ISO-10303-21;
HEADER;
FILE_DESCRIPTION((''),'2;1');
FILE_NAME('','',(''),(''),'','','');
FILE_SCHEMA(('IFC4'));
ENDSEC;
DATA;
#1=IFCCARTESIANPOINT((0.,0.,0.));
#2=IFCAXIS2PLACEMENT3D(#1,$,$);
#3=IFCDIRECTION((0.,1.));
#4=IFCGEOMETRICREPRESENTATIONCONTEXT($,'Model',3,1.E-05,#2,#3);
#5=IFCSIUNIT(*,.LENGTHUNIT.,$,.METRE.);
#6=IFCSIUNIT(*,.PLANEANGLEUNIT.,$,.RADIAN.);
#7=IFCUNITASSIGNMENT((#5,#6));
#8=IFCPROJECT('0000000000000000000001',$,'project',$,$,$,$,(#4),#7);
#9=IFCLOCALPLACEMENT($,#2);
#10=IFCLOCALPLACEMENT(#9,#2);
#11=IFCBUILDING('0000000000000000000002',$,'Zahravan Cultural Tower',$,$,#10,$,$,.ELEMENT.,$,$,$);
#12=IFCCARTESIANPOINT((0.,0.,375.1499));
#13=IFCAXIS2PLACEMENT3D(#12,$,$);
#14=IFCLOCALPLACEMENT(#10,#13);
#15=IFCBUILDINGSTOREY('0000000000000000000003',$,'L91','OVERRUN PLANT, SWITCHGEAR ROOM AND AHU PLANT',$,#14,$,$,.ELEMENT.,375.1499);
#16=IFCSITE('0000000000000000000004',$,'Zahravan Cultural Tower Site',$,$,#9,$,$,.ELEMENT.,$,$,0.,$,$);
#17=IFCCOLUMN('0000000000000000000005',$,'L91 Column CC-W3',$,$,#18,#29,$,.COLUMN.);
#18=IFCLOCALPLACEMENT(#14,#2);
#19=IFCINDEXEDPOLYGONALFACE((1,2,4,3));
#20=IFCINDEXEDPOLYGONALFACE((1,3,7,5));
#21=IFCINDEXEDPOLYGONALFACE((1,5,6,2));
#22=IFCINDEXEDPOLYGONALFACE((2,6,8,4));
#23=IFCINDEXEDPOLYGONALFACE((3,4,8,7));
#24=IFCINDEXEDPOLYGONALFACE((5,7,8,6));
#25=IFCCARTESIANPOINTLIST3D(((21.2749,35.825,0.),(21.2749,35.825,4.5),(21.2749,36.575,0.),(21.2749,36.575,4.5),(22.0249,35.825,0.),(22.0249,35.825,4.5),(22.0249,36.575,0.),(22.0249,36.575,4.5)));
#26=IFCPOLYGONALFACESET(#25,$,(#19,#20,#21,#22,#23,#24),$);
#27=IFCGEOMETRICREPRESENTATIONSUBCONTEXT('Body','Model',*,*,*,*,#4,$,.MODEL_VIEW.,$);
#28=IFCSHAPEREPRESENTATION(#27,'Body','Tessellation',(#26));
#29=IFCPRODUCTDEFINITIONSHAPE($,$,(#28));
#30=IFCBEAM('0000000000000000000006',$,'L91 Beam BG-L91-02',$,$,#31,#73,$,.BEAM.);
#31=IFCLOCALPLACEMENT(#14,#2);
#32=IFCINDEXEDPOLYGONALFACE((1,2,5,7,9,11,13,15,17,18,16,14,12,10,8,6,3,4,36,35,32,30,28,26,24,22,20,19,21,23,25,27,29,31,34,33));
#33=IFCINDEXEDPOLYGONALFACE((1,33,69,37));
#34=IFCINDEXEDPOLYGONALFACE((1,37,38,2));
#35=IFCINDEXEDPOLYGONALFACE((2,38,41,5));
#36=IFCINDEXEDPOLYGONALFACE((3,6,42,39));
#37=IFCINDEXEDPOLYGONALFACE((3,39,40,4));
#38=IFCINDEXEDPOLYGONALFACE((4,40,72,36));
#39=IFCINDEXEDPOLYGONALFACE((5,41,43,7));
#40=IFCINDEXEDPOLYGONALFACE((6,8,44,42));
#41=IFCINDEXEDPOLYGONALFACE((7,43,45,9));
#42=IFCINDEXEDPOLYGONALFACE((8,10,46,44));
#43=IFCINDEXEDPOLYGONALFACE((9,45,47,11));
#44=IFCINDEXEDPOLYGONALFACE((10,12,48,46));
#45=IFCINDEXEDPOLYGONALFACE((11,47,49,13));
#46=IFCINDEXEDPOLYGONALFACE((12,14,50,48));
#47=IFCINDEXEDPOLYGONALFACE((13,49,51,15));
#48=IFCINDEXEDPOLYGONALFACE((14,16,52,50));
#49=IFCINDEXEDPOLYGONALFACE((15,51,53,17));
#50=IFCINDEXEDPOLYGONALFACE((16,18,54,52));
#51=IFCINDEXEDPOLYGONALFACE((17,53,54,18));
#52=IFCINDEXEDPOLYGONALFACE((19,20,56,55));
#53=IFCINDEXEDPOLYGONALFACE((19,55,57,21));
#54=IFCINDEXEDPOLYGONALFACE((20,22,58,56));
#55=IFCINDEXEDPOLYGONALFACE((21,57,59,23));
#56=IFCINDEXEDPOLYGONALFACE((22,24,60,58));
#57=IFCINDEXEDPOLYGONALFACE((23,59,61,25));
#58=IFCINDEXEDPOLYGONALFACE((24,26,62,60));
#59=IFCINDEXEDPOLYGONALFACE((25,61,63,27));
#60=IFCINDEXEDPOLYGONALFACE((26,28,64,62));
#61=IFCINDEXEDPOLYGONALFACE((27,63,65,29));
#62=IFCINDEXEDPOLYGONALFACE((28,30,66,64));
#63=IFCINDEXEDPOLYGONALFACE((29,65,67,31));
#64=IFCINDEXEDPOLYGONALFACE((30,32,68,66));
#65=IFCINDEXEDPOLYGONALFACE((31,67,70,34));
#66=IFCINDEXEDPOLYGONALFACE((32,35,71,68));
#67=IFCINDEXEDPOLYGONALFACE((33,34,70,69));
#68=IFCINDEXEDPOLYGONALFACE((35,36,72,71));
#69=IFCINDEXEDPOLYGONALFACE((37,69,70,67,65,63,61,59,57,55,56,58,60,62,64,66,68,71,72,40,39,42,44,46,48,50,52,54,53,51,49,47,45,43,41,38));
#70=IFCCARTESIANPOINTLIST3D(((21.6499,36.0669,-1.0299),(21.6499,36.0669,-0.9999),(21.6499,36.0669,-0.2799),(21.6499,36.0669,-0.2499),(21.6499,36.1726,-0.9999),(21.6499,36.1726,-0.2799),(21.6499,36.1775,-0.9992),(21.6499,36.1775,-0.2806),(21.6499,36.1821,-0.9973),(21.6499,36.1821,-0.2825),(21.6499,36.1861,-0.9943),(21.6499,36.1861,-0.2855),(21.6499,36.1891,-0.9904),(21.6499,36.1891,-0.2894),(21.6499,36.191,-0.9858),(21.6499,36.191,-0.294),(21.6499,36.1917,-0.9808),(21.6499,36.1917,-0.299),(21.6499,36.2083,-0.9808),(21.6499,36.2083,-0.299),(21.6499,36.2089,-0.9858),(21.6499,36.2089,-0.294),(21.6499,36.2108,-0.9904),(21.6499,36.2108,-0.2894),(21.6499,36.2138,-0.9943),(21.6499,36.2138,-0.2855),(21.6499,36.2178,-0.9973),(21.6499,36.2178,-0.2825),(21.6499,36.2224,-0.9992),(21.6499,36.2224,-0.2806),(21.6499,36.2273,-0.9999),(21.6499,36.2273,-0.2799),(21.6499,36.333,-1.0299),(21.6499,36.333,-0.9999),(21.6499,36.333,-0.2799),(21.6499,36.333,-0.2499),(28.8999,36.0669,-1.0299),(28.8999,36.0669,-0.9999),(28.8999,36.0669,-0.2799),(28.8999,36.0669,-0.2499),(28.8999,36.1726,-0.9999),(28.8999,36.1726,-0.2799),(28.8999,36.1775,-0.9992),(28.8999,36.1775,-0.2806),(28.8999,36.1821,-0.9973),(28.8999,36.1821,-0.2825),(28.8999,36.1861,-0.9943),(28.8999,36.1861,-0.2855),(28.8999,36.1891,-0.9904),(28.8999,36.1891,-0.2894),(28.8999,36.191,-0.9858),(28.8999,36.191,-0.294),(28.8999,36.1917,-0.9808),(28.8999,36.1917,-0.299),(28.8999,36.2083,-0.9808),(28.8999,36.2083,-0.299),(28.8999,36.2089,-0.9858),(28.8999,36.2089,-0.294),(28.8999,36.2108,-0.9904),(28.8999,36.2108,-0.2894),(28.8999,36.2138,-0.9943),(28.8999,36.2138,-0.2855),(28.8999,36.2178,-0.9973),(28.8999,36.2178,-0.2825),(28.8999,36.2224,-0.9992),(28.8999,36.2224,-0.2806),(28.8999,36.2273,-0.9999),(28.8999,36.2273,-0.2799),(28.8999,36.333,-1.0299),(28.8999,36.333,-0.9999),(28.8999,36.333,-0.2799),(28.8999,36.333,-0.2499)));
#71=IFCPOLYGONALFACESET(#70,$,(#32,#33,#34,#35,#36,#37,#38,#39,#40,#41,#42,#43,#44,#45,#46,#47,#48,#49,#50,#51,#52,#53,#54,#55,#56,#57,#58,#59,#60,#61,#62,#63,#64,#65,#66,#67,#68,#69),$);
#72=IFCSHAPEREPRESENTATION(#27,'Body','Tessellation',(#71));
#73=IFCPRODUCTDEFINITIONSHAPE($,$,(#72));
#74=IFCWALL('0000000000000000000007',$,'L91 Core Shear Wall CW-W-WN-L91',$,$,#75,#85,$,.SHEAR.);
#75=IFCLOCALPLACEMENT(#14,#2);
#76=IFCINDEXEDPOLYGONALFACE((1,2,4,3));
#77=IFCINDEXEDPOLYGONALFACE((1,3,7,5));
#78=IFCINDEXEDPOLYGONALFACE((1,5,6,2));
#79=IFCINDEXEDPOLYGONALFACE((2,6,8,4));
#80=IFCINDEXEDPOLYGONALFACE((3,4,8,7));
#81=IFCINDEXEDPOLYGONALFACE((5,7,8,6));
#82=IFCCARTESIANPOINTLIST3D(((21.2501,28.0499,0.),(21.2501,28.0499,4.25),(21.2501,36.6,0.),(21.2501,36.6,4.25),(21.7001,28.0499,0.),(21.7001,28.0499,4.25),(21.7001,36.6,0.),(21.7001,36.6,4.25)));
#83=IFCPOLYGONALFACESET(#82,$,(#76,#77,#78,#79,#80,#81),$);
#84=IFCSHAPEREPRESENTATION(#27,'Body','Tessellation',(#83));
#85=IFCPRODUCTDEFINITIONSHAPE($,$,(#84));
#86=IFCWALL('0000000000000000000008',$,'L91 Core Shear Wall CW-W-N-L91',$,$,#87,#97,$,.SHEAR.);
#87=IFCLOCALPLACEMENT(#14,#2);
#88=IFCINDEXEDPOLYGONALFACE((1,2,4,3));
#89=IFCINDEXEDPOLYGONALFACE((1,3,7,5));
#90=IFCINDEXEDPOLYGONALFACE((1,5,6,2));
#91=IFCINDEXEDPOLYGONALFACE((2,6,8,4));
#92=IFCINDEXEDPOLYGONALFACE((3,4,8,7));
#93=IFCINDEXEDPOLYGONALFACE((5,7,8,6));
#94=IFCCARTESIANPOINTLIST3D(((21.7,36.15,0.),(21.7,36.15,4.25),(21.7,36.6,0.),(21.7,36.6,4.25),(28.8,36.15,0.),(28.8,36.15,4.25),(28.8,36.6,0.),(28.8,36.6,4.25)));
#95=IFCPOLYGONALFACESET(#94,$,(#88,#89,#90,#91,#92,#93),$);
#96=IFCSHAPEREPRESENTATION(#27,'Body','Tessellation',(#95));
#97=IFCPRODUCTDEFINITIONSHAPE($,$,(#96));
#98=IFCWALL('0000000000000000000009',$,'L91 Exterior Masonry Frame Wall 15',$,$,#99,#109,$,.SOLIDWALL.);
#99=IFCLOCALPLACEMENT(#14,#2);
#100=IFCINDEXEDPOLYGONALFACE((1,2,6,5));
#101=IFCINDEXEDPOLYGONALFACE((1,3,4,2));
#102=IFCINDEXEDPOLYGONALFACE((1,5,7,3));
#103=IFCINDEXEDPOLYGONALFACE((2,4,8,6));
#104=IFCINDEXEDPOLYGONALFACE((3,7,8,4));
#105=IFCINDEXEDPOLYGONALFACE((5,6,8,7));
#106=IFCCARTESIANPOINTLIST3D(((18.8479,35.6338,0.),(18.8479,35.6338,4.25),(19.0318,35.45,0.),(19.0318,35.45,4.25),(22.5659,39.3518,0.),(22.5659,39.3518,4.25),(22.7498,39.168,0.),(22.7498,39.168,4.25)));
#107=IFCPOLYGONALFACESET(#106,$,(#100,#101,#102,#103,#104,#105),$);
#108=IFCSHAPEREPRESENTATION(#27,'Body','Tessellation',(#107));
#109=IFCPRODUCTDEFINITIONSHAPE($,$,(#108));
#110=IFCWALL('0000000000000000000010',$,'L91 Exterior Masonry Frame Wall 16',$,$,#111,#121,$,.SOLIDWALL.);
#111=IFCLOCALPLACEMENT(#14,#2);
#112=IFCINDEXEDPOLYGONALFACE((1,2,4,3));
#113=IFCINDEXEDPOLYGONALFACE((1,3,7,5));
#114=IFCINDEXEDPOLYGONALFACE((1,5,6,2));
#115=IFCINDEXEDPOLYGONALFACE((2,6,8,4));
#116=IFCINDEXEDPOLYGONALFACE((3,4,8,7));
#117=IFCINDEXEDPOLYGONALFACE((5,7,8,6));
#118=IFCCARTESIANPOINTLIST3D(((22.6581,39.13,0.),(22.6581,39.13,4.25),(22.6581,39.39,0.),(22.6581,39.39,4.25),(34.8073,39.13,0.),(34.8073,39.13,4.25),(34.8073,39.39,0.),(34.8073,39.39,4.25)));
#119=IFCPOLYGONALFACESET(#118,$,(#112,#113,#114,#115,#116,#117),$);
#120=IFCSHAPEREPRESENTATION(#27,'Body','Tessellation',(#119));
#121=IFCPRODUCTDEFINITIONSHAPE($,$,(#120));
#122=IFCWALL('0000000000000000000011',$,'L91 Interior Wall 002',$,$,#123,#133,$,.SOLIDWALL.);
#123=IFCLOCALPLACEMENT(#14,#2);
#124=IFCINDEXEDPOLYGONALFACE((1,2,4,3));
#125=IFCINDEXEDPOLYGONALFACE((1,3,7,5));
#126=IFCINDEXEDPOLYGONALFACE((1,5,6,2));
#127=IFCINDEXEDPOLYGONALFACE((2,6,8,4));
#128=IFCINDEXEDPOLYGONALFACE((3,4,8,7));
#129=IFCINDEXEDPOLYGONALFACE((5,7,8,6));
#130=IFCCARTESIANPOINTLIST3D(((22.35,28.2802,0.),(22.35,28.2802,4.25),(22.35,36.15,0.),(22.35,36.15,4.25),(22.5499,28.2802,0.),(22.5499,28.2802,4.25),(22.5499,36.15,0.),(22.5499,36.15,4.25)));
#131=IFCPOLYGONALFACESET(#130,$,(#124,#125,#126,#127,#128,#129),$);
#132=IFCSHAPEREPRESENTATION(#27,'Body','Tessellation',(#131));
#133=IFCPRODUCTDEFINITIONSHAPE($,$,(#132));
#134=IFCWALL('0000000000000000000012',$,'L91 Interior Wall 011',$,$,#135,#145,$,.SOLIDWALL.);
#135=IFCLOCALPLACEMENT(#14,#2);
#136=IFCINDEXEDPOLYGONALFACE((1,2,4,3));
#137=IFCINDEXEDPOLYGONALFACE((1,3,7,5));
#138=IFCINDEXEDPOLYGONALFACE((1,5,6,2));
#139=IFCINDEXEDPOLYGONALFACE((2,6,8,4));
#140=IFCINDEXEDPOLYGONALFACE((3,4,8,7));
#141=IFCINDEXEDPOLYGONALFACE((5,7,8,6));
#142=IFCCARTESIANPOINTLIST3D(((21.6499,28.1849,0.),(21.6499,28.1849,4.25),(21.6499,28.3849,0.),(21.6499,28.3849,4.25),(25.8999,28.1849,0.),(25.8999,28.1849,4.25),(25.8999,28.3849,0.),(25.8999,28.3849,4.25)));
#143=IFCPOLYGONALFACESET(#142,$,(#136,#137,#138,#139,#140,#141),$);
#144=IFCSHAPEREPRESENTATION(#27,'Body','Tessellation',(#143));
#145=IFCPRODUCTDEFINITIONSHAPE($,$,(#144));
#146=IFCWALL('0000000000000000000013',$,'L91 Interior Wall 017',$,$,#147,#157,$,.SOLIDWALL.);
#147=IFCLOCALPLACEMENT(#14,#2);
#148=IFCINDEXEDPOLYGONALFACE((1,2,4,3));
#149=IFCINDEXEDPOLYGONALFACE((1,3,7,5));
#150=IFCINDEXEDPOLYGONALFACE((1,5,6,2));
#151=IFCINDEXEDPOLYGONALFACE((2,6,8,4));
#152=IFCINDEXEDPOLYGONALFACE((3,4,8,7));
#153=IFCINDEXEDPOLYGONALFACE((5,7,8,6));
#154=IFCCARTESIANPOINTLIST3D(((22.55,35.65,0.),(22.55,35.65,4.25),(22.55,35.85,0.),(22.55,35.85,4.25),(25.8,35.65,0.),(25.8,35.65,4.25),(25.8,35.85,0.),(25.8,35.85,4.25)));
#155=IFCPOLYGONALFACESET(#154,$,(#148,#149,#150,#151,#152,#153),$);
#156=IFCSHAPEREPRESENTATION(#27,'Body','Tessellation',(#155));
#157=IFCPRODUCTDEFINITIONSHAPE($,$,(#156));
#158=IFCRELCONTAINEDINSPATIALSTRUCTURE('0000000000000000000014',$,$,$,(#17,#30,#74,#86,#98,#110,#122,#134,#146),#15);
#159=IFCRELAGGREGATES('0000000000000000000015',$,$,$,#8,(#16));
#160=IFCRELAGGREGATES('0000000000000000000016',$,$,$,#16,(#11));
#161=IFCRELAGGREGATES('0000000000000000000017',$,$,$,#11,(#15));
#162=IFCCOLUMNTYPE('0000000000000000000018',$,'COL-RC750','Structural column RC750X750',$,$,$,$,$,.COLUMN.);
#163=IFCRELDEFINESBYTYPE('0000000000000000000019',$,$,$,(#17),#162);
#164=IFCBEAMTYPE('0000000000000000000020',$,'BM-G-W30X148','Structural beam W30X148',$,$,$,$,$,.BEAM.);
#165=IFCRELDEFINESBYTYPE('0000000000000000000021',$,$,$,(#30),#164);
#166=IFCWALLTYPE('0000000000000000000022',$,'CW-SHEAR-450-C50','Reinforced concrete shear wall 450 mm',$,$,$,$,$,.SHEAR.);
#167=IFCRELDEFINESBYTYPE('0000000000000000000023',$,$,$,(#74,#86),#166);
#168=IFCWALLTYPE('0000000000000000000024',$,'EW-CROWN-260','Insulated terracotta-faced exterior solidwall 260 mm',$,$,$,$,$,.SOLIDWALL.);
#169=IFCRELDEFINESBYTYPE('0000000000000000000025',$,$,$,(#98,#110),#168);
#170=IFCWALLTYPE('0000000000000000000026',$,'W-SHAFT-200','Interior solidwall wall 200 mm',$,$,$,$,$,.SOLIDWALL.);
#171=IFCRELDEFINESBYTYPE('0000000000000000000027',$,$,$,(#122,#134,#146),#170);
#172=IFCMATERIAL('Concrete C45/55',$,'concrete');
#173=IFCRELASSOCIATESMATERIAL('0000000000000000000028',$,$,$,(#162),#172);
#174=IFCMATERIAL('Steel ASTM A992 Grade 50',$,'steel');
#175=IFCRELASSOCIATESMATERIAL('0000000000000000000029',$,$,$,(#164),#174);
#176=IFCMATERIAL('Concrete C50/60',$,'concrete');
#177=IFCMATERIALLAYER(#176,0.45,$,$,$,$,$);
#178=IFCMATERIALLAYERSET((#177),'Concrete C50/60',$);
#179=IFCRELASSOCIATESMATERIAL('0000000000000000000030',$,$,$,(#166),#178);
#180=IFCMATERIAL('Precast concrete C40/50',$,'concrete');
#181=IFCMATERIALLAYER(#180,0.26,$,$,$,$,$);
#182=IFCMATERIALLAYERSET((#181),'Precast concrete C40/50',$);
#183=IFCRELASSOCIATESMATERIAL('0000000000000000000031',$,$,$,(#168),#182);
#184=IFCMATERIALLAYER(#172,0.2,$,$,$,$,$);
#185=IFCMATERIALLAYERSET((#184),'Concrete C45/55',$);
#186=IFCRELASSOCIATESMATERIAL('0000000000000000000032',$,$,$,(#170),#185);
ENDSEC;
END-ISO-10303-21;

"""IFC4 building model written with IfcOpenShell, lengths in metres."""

from ifc_helpers import new_model, si_unit, direction, frame, frame_2d, origin, origin_2d, place, context, subcontext, project, spatial, rectangle, i_section, extrude, source, transform, mapped, material, layer, layer_set, material_profile, profile_set, type_object, element, save


model = new_model("IFC4")

# Units and contexts
model_context = context("Model", 3, precision=1e-05, world=origin(), true_north=direction((0.0, 1.0)))
body_context = subcontext(model_context, "Body", "Model", "MODEL_VIEW")
ifc_project = project(units=[si_unit("LENGTHUNIT", "METRE"), si_unit("PLANEANGLEUNIT", "RADIAN")], contexts=[model_context])

# Site, building, storey
site_placement = place(None, origin())
site = spatial("IfcSite", under=ifc_project, at=site_placement, Name="Zahravan Cultural Tower Site", CompositionType="ELEMENT", RefElevation=0.0)
building_placement = place(site_placement, origin())
building = spatial("IfcBuilding", under=site, at=building_placement, Name="Zahravan Cultural Tower", CompositionType="ELEMENT")
storey_placement = place(building_placement, frame((0.0, 0.0, 375.1499)))
storey = spatial("IfcBuildingStorey", under=building, at=storey_placement, Name="L91", Description="OVERRUN PLANT, SWITCHGEAR ROOM AND AHU PLANT", CompositionType="ELEMENT", Elevation=375.1499)

# Column
ifc_material_1 = material(Name="Concrete C45/55", Category="concrete")
ifc_material_profile_1 = material_profile(ifc_material_1, rectangle(XDim=0.75, YDim=0.75, at=origin_2d()), Name="RC750X750")
ifc_profile_set_1 = profile_set([ifc_material_profile_1], Name="Concrete C45/55")
column_type = type_object("IfcColumnType", Name="COL-RC750", Description="Structural column RC750X750", PredefinedType="COLUMN", material=ifc_profile_set_1)
shared_shape_1 = source(origin(), body_context, "Body", "SweptSolid", [
    extrude(rectangle(XDim=0.75, YDim=0.75, at=origin_2d()), origin(), (0.0, 0.0, 1.0), 4.5),
])
column_placement = place(storey_placement, frame((21.6499, 36.2, 0.0), z_axis=(0.0, 0.0, 1.0), x_axis=(1.0, 0.0, 0.0)))
element("IfcColumn", 1, at=column_placement, inside=storey, type_object=column_type, Name="L91 Column CC-W3", PredefinedType="COLUMN", context=body_context, shape_type="MappedRepresentation", body=[
    mapped(shared_shape_1, transform((0.0, 0.0, 0.0), x_axis=(1.0, 0.0, 0.0), y_axis=(0.0, 1.0, 0.0), z_axis=(0.0, 0.0, 1.0), scale=1.0)),
])

# Beam
ifc_material_2 = material(Name="Steel ASTM A992 Grade 50", Category="steel")
ifc_material_profile_2 = material_profile(ifc_material_2, i_section(OverallWidth=0.2661, OverallDepth=0.78, WebThickness=0.0166, FlangeThickness=0.03, FilletRadius=0.019, at=origin_2d()), Name="W30X148")
ifc_profile_set_2 = profile_set([ifc_material_profile_2], Name="Steel ASTM A992 Grade 50")
beam_type = type_object("IfcBeamType", Name="BM-G-W30X148", Description="Structural beam W30X148", PredefinedType="BEAM", material=ifc_profile_set_2)
shared_shape_2 = source(origin(), body_context, "Body", "SweptSolid", [
    extrude(i_section(OverallWidth=0.2661, OverallDepth=0.78, WebThickness=0.0166, FlangeThickness=0.03, FilletRadius=0.019, at=origin_2d()), origin(), (0.0, 0.0, 1.0), 7.25),
])
beam_placement = place(storey_placement, frame((21.6499, 36.2, -0.6399), z_axis=(1.0, 0.0, 0.0), x_axis=(0.0, 1.0, 0.0)))
element("IfcBeam", 2, at=beam_placement, inside=storey, type_object=beam_type, Name="L91 Beam BG-L91-02", PredefinedType="BEAM", context=body_context, shape_type="MappedRepresentation", body=[
    mapped(shared_shape_2, transform((0.0, 0.0, 0.0), x_axis=(1.0, 0.0, 0.0), y_axis=(0.0, 1.0, 0.0), z_axis=(0.0, 0.0, 1.0), scale=1.0)),
])

# Walls
ifc_material_3 = material(Name="Concrete C50/60", Category="concrete")
ifc_layer_1 = layer(ifc_material_3, 0.45)
ifc_layer_set_1 = layer_set([ifc_layer_1], Name="Concrete C50/60")
wall_type_1 = type_object("IfcWallType", Name="CW-SHEAR-450-C50", Description="Reinforced concrete shear wall 450 mm", PredefinedType="SHEAR", material=ifc_layer_set_1)
shared_shape_3 = source(origin(), body_context, "Body", "SweptSolid", [
    extrude(rectangle(XDim=8.55, YDim=0.45, at=frame_2d((4.2749, 0.0))), origin(), (0.0, 0.0, 1.0), 4.25),
])
wall_1_placement = place(storey_placement, frame((21.4751, 28.05, 0.0), z_axis=(0.0, 0.0, 1.0), x_axis=(0.0, 1.0, 0.0)))
element("IfcWall", 3, at=wall_1_placement, inside=storey, type_object=wall_type_1, Name="L91 Core Shear Wall CW-W-WN-L91", PredefinedType="SHEAR", context=body_context, shape_type="MappedRepresentation", body=[
    mapped(shared_shape_3, transform((0.0, 0.0, 0.0), x_axis=(1.0, 0.0, 0.0), y_axis=(0.0, 1.0, 0.0), z_axis=(0.0, 0.0, 1.0), scale=1.0)),
])
shared_shape_4 = source(origin(), body_context, "Body", "SweptSolid", [
    extrude(rectangle(XDim=7.1001, YDim=0.45, at=frame_2d((3.55, 0.0))), origin(), (0.0, 0.0, 1.0), 4.25),
])
wall_2_placement = place(storey_placement, frame((21.7, 36.375, 0.0), z_axis=(0.0, 0.0, 1.0), x_axis=(1.0, 0.0, 0.0)))
element("IfcWall", 4, at=wall_2_placement, inside=storey, type_object=wall_type_1, Name="L91 Core Shear Wall CW-W-N-L91", PredefinedType="SHEAR", context=body_context, shape_type="MappedRepresentation", body=[
    mapped(shared_shape_4, transform((0.0, 0.0, 0.0), x_axis=(1.0, 0.0, 0.0), y_axis=(0.0, 1.0, 0.0), z_axis=(0.0, 0.0, 1.0), scale=1.0)),
])
ifc_material_4 = material(Name="Precast concrete C40/50", Category="concrete")
ifc_layer_2 = layer(ifc_material_4, 0.26)
ifc_layer_set_2 = layer_set([ifc_layer_2], Name="Precast concrete C40/50")
wall_type_2 = type_object("IfcWallType", Name="EW-CROWN-260", Description="Insulated terracotta-faced exterior solidwall 260 mm", PredefinedType="SOLIDWALL", material=ifc_layer_set_2)
shared_shape_5 = source(origin(), body_context, "Body", "SweptSolid", [
    extrude(rectangle(XDim=5.2581, YDim=0.26, at=frame_2d((2.6289, 0.0))), origin(), (0.0, 0.0, 1.0), 4.25),
])
wall_3_placement = place(storey_placement, frame((18.9399, 35.542, 0.0), z_axis=(0.0, 0.0, 1.0), x_axis=(0.707107, 0.707107, 0.0)))
element("IfcWall", 5, at=wall_3_placement, inside=storey, type_object=wall_type_2, Name="L91 Exterior Masonry Frame Wall 15", PredefinedType="SOLIDWALL", context=body_context, shape_type="MappedRepresentation", body=[
    mapped(shared_shape_5, transform((0.0, 0.0, 0.0), x_axis=(1.0, 0.0, 0.0), y_axis=(0.0, 1.0, 0.0), z_axis=(0.0, 0.0, 1.0), scale=1.0)),
])
shared_shape_6 = source(origin(), body_context, "Body", "SweptSolid", [
    extrude(rectangle(XDim=12.1492, YDim=0.26, at=frame_2d((6.0747, 0.0))), origin(), (0.0, 0.0, 1.0), 4.25),
])
wall_4_placement = place(storey_placement, frame((22.658, 39.26, 0.0), z_axis=(0.0, 0.0, 1.0), x_axis=(1.0, 0.0, 0.0)))
element("IfcWall", 6, at=wall_4_placement, inside=storey, type_object=wall_type_2, Name="L91 Exterior Masonry Frame Wall 16", PredefinedType="SOLIDWALL", context=body_context, shape_type="MappedRepresentation", body=[
    mapped(shared_shape_6, transform((0.0, 0.0, 0.0), x_axis=(1.0, 0.0, 0.0), y_axis=(0.0, 1.0, 0.0), z_axis=(0.0, 0.0, 1.0), scale=1.0)),
])
ifc_layer_3 = layer(ifc_material_1, 0.2)
ifc_layer_set_3 = layer_set([ifc_layer_3], Name="Concrete C45/55")
wall_type_3 = type_object("IfcWallType", Name="W-SHAFT-200", Description="Interior solidwall wall 200 mm", PredefinedType="SOLIDWALL", material=ifc_layer_set_3)
shared_shape_7 = source(origin(), body_context, "Body", "SweptSolid", [
    extrude(rectangle(XDim=7.8699, YDim=0.2, at=frame_2d((3.9351, 0.0))), origin(), (0.0, 0.0, 1.0), 4.25),
])
wall_5_placement = place(storey_placement, frame((22.45, 28.28, 0.0), z_axis=(0.0, 0.0, 1.0), x_axis=(0.0, 1.0, 0.0)))
element("IfcWall", 7, at=wall_5_placement, inside=storey, type_object=wall_type_3, Name="L91 Interior Wall 002", PredefinedType="SOLIDWALL", context=body_context, shape_type="MappedRepresentation", body=[
    mapped(shared_shape_7, transform((0.0, 0.0, 0.0), x_axis=(1.0, 0.0, 0.0), y_axis=(0.0, 1.0, 0.0), z_axis=(0.0, 0.0, 1.0), scale=1.0)),
])
shared_shape_8 = source(origin(), body_context, "Body", "SweptSolid", [
    extrude(rectangle(XDim=4.25, YDim=0.2, at=frame_2d((2.125, 0.0))), origin(), (0.0, 0.0, 1.0), 4.25),
])
wall_6_placement = place(storey_placement, frame((21.6499, 28.2849, 0.0), z_axis=(0.0, 0.0, 1.0), x_axis=(1.0, 0.0, 0.0)))
element("IfcWall", 8, at=wall_6_placement, inside=storey, type_object=wall_type_3, Name="L91 Interior Wall 011", PredefinedType="SOLIDWALL", context=body_context, shape_type="MappedRepresentation", body=[
    mapped(shared_shape_8, transform((0.0, 0.0, 0.0), x_axis=(1.0, 0.0, 0.0), y_axis=(0.0, 1.0, 0.0), z_axis=(0.0, 0.0, 1.0), scale=1.0)),
])
shared_shape_9 = source(origin(), body_context, "Body", "SweptSolid", [
    extrude(rectangle(XDim=3.25, YDim=0.2, at=frame_2d((1.625, 0.0))), origin(), (0.0, 0.0, 1.0), 4.25),
])
wall_7_placement = place(storey_placement, frame((22.55, 35.75, 0.0), z_axis=(0.0, 0.0, 1.0), x_axis=(1.0, 0.0, 0.0)))
element("IfcWall", 9, at=wall_7_placement, inside=storey, type_object=wall_type_3, Name="L91 Interior Wall 017", PredefinedType="SOLIDWALL", context=body_context, shape_type="MappedRepresentation", body=[
    mapped(shared_shape_9, transform((0.0, 0.0, 0.0), x_axis=(1.0, 0.0, 0.0), y_axis=(0.0, 1.0, 0.0), z_axis=(0.0, 0.0, 1.0), scale=1.0)),
])

save(model, "model.ifc")
